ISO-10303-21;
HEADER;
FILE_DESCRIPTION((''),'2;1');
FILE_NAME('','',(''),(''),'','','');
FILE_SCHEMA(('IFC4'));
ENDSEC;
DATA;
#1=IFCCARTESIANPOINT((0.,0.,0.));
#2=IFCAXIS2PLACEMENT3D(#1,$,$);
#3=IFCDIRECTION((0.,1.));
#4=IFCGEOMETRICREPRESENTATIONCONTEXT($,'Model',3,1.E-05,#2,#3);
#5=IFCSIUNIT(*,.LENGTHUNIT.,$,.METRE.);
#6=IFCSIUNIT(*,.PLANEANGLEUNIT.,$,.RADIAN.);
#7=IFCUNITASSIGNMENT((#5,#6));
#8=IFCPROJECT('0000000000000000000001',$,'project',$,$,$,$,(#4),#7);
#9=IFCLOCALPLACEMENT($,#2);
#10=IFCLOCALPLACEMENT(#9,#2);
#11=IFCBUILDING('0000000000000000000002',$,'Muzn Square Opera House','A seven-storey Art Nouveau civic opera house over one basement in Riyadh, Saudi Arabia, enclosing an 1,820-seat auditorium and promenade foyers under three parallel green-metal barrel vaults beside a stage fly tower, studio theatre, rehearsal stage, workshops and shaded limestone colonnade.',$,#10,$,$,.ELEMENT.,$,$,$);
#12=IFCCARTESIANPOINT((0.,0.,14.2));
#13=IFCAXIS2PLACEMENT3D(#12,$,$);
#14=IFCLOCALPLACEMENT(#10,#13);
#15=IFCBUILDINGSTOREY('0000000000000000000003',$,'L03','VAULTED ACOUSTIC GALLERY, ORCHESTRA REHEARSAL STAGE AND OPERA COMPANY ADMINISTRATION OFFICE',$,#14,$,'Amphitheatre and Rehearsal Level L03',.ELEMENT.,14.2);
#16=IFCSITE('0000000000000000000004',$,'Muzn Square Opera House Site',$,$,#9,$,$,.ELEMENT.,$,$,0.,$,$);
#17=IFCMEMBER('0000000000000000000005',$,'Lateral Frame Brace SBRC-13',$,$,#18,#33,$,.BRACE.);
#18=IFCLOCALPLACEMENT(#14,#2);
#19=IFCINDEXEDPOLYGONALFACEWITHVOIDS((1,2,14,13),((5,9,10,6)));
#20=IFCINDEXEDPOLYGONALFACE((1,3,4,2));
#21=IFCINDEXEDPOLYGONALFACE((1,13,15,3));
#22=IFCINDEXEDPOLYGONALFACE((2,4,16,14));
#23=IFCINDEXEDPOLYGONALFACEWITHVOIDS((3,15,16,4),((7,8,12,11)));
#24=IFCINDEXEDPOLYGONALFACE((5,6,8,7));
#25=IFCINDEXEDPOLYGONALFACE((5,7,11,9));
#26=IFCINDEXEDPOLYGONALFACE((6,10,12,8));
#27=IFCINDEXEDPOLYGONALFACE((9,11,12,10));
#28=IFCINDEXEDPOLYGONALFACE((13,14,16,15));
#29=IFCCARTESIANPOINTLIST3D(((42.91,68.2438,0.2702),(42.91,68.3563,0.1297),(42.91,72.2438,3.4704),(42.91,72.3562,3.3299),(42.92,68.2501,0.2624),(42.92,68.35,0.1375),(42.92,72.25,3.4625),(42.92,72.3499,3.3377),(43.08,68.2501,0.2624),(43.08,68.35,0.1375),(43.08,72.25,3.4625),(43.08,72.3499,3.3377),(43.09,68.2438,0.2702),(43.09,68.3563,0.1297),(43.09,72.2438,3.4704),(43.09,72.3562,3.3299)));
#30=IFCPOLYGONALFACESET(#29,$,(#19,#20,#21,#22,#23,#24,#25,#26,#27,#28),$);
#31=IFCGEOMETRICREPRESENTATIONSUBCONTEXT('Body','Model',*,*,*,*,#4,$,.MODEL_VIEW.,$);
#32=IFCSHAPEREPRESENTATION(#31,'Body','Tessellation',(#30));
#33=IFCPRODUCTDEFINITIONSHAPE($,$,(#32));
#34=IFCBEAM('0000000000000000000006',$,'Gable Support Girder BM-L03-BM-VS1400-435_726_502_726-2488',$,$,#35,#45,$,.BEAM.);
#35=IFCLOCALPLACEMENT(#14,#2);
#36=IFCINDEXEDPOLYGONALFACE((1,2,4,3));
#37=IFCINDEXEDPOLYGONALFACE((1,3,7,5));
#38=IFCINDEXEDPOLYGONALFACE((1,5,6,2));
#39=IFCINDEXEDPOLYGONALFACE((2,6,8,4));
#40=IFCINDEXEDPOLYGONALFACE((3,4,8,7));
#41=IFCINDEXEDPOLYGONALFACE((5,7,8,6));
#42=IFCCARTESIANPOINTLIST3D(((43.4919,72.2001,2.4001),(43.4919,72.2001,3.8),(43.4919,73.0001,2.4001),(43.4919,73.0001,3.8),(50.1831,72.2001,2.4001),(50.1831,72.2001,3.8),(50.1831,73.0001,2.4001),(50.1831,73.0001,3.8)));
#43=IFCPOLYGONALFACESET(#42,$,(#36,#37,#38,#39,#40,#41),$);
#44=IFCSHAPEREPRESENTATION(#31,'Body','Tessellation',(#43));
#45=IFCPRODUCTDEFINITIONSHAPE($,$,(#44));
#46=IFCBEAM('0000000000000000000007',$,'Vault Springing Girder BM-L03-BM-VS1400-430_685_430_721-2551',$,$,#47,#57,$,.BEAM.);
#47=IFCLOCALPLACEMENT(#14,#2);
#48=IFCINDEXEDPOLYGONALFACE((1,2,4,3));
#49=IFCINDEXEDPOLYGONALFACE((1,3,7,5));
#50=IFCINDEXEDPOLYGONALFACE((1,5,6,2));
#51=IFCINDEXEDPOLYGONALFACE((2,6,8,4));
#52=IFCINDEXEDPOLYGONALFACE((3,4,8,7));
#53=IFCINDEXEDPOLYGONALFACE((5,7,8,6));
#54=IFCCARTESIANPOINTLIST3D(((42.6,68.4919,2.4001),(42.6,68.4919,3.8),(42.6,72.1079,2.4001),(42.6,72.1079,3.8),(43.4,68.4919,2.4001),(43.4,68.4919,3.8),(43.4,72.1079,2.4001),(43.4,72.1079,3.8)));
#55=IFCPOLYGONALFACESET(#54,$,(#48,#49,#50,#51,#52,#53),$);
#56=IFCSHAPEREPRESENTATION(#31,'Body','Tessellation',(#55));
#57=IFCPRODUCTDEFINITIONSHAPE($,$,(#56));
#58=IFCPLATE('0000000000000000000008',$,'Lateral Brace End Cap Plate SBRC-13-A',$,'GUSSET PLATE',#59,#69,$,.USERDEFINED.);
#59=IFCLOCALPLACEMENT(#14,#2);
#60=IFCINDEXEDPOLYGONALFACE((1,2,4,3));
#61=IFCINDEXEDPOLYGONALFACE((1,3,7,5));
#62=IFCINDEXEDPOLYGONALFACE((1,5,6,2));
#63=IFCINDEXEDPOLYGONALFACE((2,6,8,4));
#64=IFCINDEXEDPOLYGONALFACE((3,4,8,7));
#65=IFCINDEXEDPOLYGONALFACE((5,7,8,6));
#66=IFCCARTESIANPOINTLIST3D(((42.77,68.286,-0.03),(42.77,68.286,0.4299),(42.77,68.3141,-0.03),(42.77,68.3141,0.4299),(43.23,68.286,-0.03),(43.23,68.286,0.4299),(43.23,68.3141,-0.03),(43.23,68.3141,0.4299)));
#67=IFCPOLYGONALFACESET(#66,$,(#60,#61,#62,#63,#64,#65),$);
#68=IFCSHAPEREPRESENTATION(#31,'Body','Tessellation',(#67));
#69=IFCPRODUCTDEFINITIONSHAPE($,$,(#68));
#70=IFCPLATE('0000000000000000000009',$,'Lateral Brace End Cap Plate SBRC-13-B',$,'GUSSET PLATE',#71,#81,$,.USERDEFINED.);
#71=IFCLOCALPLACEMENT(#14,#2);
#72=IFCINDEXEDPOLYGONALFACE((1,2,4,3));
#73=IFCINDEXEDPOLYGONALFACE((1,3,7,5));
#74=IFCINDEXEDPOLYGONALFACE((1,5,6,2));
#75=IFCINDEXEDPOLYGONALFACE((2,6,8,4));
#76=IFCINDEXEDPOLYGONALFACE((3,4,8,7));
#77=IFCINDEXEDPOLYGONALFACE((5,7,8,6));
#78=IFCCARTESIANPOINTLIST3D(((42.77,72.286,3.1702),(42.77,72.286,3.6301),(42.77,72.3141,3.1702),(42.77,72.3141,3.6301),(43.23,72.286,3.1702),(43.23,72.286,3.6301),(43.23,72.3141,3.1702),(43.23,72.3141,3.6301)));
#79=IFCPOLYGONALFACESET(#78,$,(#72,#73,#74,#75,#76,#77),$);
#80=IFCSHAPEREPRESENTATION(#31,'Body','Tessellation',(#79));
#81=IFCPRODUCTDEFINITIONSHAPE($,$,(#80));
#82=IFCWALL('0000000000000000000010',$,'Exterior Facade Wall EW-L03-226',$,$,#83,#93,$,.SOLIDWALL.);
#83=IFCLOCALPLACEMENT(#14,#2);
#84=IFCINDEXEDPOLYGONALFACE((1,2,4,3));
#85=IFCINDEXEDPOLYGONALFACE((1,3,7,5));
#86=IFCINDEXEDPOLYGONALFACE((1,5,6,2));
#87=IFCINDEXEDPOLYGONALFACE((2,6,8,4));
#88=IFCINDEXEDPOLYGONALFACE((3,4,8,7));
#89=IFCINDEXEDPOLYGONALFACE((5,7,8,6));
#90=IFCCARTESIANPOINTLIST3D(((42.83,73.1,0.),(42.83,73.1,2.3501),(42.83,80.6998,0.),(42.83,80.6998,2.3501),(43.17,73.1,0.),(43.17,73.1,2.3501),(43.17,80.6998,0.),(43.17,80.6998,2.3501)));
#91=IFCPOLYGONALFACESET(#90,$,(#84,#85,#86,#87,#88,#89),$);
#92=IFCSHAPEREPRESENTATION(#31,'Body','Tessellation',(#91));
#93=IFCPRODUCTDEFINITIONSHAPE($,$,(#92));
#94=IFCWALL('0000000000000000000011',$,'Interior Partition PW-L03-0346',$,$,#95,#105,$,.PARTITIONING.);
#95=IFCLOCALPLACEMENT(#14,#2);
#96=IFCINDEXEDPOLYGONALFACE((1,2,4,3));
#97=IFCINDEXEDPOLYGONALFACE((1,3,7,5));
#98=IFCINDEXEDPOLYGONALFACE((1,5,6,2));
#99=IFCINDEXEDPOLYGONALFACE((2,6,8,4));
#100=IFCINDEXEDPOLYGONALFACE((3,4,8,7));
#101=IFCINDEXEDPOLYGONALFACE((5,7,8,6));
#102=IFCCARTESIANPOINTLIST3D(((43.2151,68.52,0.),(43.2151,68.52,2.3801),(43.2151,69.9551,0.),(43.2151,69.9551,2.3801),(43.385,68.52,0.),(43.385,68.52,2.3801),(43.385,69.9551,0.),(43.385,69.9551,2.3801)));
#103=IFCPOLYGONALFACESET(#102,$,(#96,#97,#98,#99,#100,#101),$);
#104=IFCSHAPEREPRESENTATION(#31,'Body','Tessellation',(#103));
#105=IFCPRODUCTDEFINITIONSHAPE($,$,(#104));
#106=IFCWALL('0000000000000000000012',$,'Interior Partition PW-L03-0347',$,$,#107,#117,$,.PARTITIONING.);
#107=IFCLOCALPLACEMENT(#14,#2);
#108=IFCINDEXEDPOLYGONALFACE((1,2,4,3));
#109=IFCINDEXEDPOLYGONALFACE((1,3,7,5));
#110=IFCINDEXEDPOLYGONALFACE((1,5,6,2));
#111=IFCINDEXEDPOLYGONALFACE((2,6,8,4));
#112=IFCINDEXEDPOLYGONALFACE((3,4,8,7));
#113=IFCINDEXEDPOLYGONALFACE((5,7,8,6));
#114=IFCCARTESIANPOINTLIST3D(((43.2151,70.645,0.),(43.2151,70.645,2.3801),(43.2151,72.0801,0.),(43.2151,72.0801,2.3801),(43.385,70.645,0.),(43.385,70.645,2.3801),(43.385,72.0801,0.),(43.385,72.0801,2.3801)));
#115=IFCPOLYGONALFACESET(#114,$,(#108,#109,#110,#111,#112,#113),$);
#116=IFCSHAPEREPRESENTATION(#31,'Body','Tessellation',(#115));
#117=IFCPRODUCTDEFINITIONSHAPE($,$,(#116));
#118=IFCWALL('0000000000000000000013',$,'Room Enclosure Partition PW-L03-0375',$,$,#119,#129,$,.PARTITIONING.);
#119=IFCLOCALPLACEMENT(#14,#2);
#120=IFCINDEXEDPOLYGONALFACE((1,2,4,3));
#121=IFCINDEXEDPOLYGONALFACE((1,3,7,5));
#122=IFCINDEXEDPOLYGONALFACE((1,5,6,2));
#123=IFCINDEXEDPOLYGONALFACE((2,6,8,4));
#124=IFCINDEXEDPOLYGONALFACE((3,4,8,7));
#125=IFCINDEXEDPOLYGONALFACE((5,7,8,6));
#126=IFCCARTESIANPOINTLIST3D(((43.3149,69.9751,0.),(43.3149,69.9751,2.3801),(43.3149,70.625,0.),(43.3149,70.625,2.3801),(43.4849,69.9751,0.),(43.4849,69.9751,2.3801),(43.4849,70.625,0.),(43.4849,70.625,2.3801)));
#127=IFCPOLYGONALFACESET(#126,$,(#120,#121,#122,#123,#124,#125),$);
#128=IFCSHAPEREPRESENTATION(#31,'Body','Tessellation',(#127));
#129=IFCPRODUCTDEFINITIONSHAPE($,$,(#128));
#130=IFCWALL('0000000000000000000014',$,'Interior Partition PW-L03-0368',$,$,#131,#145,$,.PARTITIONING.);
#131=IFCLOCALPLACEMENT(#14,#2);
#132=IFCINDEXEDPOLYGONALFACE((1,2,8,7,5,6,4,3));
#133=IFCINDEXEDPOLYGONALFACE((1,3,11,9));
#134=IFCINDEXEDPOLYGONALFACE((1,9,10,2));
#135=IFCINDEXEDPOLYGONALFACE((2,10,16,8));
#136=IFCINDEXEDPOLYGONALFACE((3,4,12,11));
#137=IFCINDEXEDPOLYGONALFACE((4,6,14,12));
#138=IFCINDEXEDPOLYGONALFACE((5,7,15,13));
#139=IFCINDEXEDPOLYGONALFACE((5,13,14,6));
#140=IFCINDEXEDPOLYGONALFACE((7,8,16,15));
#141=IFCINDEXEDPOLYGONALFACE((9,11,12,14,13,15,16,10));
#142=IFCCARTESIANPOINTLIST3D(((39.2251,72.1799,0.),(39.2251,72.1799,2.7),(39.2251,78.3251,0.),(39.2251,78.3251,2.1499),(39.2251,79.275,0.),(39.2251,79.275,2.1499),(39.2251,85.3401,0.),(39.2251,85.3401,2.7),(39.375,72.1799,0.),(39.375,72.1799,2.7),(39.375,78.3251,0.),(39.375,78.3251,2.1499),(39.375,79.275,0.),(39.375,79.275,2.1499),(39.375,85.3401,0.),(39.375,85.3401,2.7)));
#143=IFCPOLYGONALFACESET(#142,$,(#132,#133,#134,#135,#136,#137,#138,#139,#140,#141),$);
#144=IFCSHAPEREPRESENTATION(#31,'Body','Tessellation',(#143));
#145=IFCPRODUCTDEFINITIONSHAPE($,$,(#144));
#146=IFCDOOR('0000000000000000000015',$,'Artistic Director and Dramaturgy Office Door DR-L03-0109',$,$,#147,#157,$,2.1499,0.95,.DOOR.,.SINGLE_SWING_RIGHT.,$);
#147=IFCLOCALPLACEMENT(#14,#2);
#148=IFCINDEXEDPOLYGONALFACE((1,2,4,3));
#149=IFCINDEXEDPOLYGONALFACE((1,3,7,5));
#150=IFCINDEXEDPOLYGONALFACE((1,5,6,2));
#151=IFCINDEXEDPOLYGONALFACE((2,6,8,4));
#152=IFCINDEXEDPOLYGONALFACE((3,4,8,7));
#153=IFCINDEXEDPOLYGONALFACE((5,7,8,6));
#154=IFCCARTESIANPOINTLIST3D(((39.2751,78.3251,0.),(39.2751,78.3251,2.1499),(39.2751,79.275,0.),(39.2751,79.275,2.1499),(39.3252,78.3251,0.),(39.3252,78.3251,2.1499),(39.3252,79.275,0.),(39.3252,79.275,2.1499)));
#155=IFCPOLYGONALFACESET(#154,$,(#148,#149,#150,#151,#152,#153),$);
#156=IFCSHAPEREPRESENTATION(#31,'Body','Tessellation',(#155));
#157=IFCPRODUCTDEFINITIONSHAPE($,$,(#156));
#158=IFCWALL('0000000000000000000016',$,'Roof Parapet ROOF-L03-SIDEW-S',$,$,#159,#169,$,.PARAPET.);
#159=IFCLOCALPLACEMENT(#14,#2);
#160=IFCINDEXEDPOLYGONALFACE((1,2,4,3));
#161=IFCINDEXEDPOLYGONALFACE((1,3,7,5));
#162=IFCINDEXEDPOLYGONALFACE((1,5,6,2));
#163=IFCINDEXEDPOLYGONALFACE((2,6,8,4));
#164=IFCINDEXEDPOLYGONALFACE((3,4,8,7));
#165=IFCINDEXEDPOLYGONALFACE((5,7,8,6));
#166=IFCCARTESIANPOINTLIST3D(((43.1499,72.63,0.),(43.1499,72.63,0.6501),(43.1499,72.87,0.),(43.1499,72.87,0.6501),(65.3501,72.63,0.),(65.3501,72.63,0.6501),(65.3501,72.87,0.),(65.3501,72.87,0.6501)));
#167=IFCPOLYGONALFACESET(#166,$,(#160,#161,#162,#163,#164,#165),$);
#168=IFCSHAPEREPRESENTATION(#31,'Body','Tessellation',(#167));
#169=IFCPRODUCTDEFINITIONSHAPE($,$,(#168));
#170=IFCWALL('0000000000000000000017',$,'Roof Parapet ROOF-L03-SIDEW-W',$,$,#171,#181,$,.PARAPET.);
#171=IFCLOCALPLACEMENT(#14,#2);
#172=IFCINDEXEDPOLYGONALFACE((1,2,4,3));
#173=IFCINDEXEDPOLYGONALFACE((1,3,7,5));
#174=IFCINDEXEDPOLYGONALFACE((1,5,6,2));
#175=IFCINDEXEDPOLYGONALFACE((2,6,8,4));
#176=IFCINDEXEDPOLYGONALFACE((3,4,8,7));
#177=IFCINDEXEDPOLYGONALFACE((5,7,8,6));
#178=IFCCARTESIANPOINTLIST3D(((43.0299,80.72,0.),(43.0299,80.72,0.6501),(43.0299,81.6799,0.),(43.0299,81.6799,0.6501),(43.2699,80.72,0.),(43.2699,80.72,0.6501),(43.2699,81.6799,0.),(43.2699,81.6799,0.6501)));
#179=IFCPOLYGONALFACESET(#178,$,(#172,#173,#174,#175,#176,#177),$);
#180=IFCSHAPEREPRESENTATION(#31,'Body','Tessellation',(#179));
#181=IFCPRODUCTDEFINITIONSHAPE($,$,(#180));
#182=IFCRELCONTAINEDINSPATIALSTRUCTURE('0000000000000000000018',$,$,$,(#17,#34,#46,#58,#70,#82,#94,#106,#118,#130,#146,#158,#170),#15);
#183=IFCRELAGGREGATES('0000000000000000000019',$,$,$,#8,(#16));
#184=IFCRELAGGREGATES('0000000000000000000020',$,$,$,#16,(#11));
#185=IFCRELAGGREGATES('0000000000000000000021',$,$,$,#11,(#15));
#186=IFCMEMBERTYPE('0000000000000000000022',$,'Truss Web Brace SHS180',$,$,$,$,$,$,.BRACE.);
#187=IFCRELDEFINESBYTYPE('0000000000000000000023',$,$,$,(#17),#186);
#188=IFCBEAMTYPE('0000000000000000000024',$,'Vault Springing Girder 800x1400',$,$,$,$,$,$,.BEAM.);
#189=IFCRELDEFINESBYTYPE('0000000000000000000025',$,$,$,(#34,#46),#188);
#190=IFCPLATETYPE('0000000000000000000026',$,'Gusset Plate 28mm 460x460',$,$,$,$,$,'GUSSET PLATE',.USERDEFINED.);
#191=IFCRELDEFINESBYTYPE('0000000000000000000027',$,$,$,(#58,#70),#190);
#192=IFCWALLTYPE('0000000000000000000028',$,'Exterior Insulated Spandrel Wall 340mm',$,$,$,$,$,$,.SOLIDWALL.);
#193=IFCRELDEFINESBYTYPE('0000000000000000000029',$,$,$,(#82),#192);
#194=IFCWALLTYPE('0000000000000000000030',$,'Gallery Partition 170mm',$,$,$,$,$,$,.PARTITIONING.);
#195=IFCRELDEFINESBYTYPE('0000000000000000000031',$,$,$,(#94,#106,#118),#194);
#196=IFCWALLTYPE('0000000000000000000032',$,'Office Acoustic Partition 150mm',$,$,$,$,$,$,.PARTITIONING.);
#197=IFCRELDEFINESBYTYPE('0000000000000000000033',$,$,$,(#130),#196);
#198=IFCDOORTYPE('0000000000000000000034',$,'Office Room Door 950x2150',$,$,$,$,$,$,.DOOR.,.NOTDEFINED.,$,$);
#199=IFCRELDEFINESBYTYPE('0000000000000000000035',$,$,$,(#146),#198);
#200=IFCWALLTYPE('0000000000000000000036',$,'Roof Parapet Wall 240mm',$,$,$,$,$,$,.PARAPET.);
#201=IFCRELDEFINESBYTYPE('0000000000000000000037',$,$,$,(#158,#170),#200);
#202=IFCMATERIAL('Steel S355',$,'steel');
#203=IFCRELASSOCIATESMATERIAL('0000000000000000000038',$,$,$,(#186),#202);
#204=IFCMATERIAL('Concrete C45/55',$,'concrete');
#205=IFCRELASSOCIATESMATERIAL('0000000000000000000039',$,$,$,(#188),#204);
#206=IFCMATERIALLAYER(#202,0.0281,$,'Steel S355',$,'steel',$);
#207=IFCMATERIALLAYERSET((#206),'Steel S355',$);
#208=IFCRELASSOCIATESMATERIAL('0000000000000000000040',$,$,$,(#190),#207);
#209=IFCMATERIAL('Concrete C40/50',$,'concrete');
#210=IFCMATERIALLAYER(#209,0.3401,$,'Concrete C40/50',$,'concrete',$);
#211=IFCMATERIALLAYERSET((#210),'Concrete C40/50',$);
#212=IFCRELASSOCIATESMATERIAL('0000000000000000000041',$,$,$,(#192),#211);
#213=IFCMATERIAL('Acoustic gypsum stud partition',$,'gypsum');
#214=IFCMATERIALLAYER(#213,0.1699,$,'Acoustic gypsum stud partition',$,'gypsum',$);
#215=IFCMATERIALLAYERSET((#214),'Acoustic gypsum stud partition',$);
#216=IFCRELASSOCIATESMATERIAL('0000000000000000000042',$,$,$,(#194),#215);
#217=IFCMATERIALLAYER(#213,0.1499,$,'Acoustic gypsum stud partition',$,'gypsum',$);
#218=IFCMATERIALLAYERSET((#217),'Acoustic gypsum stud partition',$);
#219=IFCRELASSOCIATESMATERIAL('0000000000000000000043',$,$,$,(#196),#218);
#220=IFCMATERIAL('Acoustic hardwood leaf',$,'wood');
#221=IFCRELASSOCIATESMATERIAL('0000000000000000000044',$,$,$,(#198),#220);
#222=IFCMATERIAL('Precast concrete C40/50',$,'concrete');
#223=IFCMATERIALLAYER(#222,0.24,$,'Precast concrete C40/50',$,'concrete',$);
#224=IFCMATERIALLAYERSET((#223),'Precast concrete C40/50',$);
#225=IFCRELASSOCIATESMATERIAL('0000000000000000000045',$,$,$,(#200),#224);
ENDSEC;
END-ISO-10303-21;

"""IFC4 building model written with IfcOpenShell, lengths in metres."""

from ifc_helpers import new_model, si_unit, direction, frame, frame_2d, origin, origin_2d, place, context, subcontext, project, spatial, rectangle, hollow_rectangle, extrude, material, layer, layer_set, material_profile, profile_set, type_object, element, fill, save


model = new_model("IFC4")

# Units and contexts
model_context = context("Model", 3, precision=1e-05, world=origin(), true_north=direction((0.0, 1.0)))
body_context = subcontext(model_context, "Body", "Model", "MODEL_VIEW")
ifc_project = project(units=[si_unit("LENGTHUNIT", "METRE"), si_unit("PLANEANGLEUNIT", "RADIAN")], contexts=[model_context])

# Site, building, storey
site_placement = place(None, origin())
site = spatial("IfcSite", under=ifc_project, at=site_placement, Name="Muzn Square Opera House Site", CompositionType="ELEMENT", RefElevation=0.0)
building_placement = place(site_placement, origin())
building = spatial("IfcBuilding", under=site, at=building_placement, Name="Muzn Square Opera House", Description="A seven-storey Art Nouveau civic opera house over one basement in Riyadh, Saudi Arabia, enclosing an 1,820-seat auditorium and promenade foyers under three parallel green-metal barrel vaults beside a stage fly tower, studio theatre, rehearsal stage, workshops and shaded limestone colonnade.", CompositionType="ELEMENT")
storey_placement = place(building_placement, frame((0.0, 0.0, 14.2)))
storey = spatial("IfcBuildingStorey", under=building, at=storey_placement, Name="L03", Description="VAULTED ACOUSTIC GALLERY, ORCHESTRA REHEARSAL STAGE AND OPERA COMPANY ADMINISTRATION OFFICE", LongName="Amphitheatre and Rehearsal Level L03", CompositionType="ELEMENT", Elevation=14.2)

# Shared definitions
ifc_material_1 = material(Name="Concrete C45/55", Category="concrete")

# Shared definitions
ifc_material_2 = material(Name="Concrete C40/50", Category="concrete")
ifc_material_3 = material(Name="Steel S355", Category="steel")

# Member
ifc_material_profile_1 = material_profile(ifc_material_3, hollow_rectangle(XDim=0.1799, YDim=0.1799, WallThickness=0.01, at=origin_2d()), Name="SHS 180x180x10", Category="steel")
ifc_profile_set_1 = profile_set([ifc_material_profile_1], Name="Steel S355")
member_type = type_object("IfcMemberType", Name="Truss Web Brace SHS180", PredefinedType="BRACE", material=ifc_profile_set_1)
member_placement = place(storey_placement, frame((43.0, 68.3, 0.2), z_axis=(0.0, 0.78085, 0.624718), x_axis=(-1.0, 0.0, 0.0)))
element("IfcMember", 1, at=member_placement, inside=storey, type_object=member_type, Name="Lateral Frame Brace SBRC-13", PredefinedType="BRACE", context=body_context, shape_type="SweptSolid", body=[
    extrude(hollow_rectangle(XDim=0.1799, YDim=0.1799, WallThickness=0.01, at=origin_2d()), origin(), (0.0, 0.0, 1.0), 5.1226),
])

# Beams
ifc_material_profile_2 = material_profile(ifc_material_1, rectangle(XDim=0.8, YDim=1.3999, at=origin_2d()), Name="RCB 800x1400", Category="concrete")
ifc_profile_set_2 = profile_set([ifc_material_profile_2], Name="Concrete C45/55")
beam_type_1 = type_object("IfcBeamType", Name="Vault Springing Girder 800x1400", PredefinedType="BEAM", material=ifc_profile_set_2)
beam_1_placement = place(storey_placement, frame((43.4919, 72.6001, 3.1001), z_axis=(1.0, 0.0, 0.0), x_axis=(0.0, 1.0, 0.0)))
element("IfcBeam", 2, at=beam_1_placement, inside=storey, type_object=beam_type_1, Name="Gable Support Girder BM-L03-BM-VS1400-435_726_502_726-2488", PredefinedType="BEAM", context=body_context, shape_type="SweptSolid", body=[
    extrude(rectangle(XDim=0.8, YDim=1.3999, at=origin_2d()), origin(), (0.0, 0.0, 1.0), 6.6912),
])
beam_2_placement = place(storey_placement, frame((43.0, 68.4919, 3.1001), z_axis=(0.0, 1.0, 0.0), x_axis=(-1.0, 0.0, 0.0)))
element("IfcBeam", 3, at=beam_2_placement, inside=storey, type_object=beam_type_1, Name="Vault Springing Girder BM-L03-BM-VS1400-430_685_430_721-2551", PredefinedType="BEAM", context=body_context, shape_type="SweptSolid", body=[
    extrude(rectangle(XDim=0.8, YDim=1.3999, at=origin_2d()), origin(), (0.0, 0.0, 1.0), 3.616),
])

# Plates
ifc_layer_1 = layer(ifc_material_3, 0.0281, Name="Steel S355", Category="steel")
ifc_layer_set_1 = layer_set([ifc_layer_1], Name="Steel S355")
plate_type = type_object("IfcPlateType", Name="Gusset Plate 28mm 460x460", ElementType="GUSSET PLATE", PredefinedType="USERDEFINED", material=ifc_layer_set_1)
for number, where, z_axis, x_axis, name in (
    (4, (43.0, 68.3, -0.03), (0.0, 0.0, 1.0), (1.0, 0.0, 0.0), "Lateral Brace End Cap Plate SBRC-13-A"),
    (5, (43.0, 72.3, 3.1702), (0.0, 0.0, 1.0), (1.0, 0.0, 0.0), "Lateral Brace End Cap Plate SBRC-13-B"),
):
    element("IfcPlate", number, at=place(storey_placement, frame(where, z_axis=z_axis, x_axis=x_axis)), inside=storey, type_object=plate_type, Name=name, ObjectType="GUSSET PLATE", PredefinedType="USERDEFINED", context=body_context, shape_type="SweptSolid", body=[
        extrude(rectangle(XDim=0.46, YDim=0.0281, at=origin_2d()), origin(), (0.0, 0.0, 1.0), 0.46),
    ])

# Walls
ifc_layer_2 = layer(ifc_material_2, 0.3401, Name="Concrete C40/50", Category="concrete")
ifc_layer_set_2 = layer_set([ifc_layer_2], Name="Concrete C40/50")
wall_type_1 = type_object("IfcWallType", Name="Exterior Insulated Spandrel Wall 340mm", PredefinedType="SOLIDWALL", material=ifc_layer_set_2)
wall_1_placement = place(storey_placement, frame((43.0, 73.1001, 0.0), z_axis=(0.0, 0.0, 1.0), x_axis=(0.0, 1.0, 0.0)))
element("IfcWall", 6, at=wall_1_placement, inside=storey, type_object=wall_type_1, Name="Exterior Facade Wall EW-L03-226", PredefinedType="SOLIDWALL", context=body_context, shape_type="SweptSolid", body=[
    extrude(rectangle(XDim=7.5999, YDim=0.3401, at=frame_2d((3.7998, 0.0))), origin(), (0.0, 0.0, 1.0), 2.3501),
])
ifc_material_4 = material(Name="Acoustic gypsum stud partition", Category="gypsum")
ifc_layer_3 = layer(ifc_material_4, 0.1699, Name="Acoustic gypsum stud partition", Category="gypsum")
ifc_layer_set_3 = layer_set([ifc_layer_3], Name="Acoustic gypsum stud partition")
wall_type_2 = type_object("IfcWallType", Name="Gallery Partition 170mm", PredefinedType="PARTITIONING", material=ifc_layer_set_3)
for number, where, z_axis, x_axis, name in (
    (7, (43.3, 68.52, 0.0), (0.0, 0.0, 1.0), (0.0, 1.0, 0.0), "Interior Partition PW-L03-0346"),
    (8, (43.3, 70.645, 0.0), (0.0, 0.0, 1.0), (0.0, 1.0, 0.0), "Interior Partition PW-L03-0347"),
):
    element("IfcWall", number, at=place(storey_placement, frame(where, z_axis=z_axis, x_axis=x_axis)), inside=storey, type_object=wall_type_2, Name=name, PredefinedType="PARTITIONING", context=body_context, shape_type="SweptSolid", body=[
        extrude(rectangle(XDim=1.4351, YDim=0.1699, at=frame_2d((0.7175, 0.0))), origin(), (0.0, 0.0, 1.0), 2.3801),
    ])
wall_2_placement = place(storey_placement, frame((43.3999, 69.9751, 0.0), z_axis=(0.0, 0.0, 1.0), x_axis=(0.0, 1.0, 0.0)))
element("IfcWall", 9, at=wall_2_placement, inside=storey, type_object=wall_type_2, Name="Room Enclosure Partition PW-L03-0375", PredefinedType="PARTITIONING", context=body_context, shape_type="SweptSolid", body=[
    extrude(rectangle(XDim=0.6499, YDim=0.1699, at=frame_2d((0.325, 0.0))), origin(), (0.0, 0.0, 1.0), 2.3801),
])

# Wall, opening, door
ifc_layer_4 = layer(ifc_material_4, 0.1499, Name="Acoustic gypsum stud partition", Category="gypsum")
ifc_layer_set_4 = layer_set([ifc_layer_4], Name="Acoustic gypsum stud partition")
wall_type_3 = type_object("IfcWallType", Name="Office Acoustic Partition 150mm", PredefinedType="PARTITIONING", material=ifc_layer_set_4)
wall_3_placement = place(storey_placement, frame((39.3, 72.1799, 0.0), z_axis=(0.0, 0.0, 1.0), x_axis=(0.0, 1.0, 0.0)))
wall_3 = element("IfcWall", 10, at=wall_3_placement, inside=storey, type_object=wall_type_3, Name="Interior Partition PW-L03-0368", PredefinedType="PARTITIONING", context=body_context, shape_type="SweptSolid", body=[
    extrude(rectangle(XDim=13.1602, YDim=0.1499, at=frame_2d((6.5801, 0.0))), origin(), (0.0, 0.0, 1.0), 2.7),
])
opening_1_placement = place(wall_3_placement, frame((6.145, 0.0, 0.0)))
opening_1 = element("IfcOpeningElement", 11, at=opening_1_placement, cuts=wall_3, PredefinedType="OPENING", context=body_context, shape_type="SweptSolid", body=[
    extrude(rectangle(XDim=0.95, YDim=2.1499, at=frame_2d((0.4751, 1.075))), frame((0.0, 0.085, 0.0), z_axis=(0.0, -1.0, 0.0), x_axis=(1.0, 0.0, 0.0)), (0.0, 0.0, 1.0), 0.1699),
])
ifc_material_5 = material(Name="Acoustic hardwood leaf", Category="wood")
door_type = type_object("IfcDoorType", Name="Office Room Door 950x2150", OperationType="NOTDEFINED", PredefinedType="DOOR", material=ifc_material_5)
door_placement = place(opening_1_placement, origin())
door = element("IfcDoor", 12, at=door_placement, inside=storey, type_object=door_type, Name="Artistic Director and Dramaturgy Office Door DR-L03-0109", OperationType="SINGLE_SWING_RIGHT", OverallHeight=2.1499, OverallWidth=0.95, PredefinedType="DOOR", context=body_context, shape_type="SweptSolid", body=[
    extrude(rectangle(XDim=0.95, YDim=2.1499, at=frame_2d((0.4751, 1.075))), frame((0.0, 0.0249, 0.0), z_axis=(0.0, -1.0, 0.0), x_axis=(1.0, 0.0, 0.0)), (0.0, 0.0, 1.0), 0.05),
])
fill(opening_1, door)

# Walls
ifc_material_6 = material(Name="Precast concrete C40/50", Category="concrete")
ifc_layer_5 = layer(ifc_material_6, 0.24, Name="Precast concrete C40/50", Category="concrete")
ifc_layer_set_5 = layer_set([ifc_layer_5], Name="Precast concrete C40/50")
wall_type_4 = type_object("IfcWallType", Name="Roof Parapet Wall 240mm", PredefinedType="PARAPET", material=ifc_layer_set_5)
wall_4_placement = place(storey_placement, frame((43.1499, 72.75, 0.0), z_axis=(0.0, 0.0, 1.0), x_axis=(1.0, 0.0, 0.0)))
element("IfcWall", 13, at=wall_4_placement, inside=storey, type_object=wall_type_4, Name="Roof Parapet ROOF-L03-SIDEW-S", PredefinedType="PARAPET", context=body_context, shape_type="SweptSolid", body=[
    extrude(rectangle(XDim=22.2002, YDim=0.24, at=frame_2d((11.1001, 0.0))), origin(), (0.0, 0.0, 1.0), 0.6501),
])
wall_5_placement = place(storey_placement, frame((43.1499, 80.72, 0.0), z_axis=(0.0, 0.0, 1.0), x_axis=(0.0, 1.0, 0.0)))
element("IfcWall", 14, at=wall_5_placement, inside=storey, type_object=wall_type_4, Name="Roof Parapet ROOF-L03-SIDEW-W", PredefinedType="PARAPET", context=body_context, shape_type="SweptSolid", body=[
    extrude(rectangle(XDim=0.96, YDim=0.24, at=frame_2d((0.48, 0.0))), origin(), (0.0, 0.0, 1.0), 0.6501),
])

save(model, "model.ifc")
